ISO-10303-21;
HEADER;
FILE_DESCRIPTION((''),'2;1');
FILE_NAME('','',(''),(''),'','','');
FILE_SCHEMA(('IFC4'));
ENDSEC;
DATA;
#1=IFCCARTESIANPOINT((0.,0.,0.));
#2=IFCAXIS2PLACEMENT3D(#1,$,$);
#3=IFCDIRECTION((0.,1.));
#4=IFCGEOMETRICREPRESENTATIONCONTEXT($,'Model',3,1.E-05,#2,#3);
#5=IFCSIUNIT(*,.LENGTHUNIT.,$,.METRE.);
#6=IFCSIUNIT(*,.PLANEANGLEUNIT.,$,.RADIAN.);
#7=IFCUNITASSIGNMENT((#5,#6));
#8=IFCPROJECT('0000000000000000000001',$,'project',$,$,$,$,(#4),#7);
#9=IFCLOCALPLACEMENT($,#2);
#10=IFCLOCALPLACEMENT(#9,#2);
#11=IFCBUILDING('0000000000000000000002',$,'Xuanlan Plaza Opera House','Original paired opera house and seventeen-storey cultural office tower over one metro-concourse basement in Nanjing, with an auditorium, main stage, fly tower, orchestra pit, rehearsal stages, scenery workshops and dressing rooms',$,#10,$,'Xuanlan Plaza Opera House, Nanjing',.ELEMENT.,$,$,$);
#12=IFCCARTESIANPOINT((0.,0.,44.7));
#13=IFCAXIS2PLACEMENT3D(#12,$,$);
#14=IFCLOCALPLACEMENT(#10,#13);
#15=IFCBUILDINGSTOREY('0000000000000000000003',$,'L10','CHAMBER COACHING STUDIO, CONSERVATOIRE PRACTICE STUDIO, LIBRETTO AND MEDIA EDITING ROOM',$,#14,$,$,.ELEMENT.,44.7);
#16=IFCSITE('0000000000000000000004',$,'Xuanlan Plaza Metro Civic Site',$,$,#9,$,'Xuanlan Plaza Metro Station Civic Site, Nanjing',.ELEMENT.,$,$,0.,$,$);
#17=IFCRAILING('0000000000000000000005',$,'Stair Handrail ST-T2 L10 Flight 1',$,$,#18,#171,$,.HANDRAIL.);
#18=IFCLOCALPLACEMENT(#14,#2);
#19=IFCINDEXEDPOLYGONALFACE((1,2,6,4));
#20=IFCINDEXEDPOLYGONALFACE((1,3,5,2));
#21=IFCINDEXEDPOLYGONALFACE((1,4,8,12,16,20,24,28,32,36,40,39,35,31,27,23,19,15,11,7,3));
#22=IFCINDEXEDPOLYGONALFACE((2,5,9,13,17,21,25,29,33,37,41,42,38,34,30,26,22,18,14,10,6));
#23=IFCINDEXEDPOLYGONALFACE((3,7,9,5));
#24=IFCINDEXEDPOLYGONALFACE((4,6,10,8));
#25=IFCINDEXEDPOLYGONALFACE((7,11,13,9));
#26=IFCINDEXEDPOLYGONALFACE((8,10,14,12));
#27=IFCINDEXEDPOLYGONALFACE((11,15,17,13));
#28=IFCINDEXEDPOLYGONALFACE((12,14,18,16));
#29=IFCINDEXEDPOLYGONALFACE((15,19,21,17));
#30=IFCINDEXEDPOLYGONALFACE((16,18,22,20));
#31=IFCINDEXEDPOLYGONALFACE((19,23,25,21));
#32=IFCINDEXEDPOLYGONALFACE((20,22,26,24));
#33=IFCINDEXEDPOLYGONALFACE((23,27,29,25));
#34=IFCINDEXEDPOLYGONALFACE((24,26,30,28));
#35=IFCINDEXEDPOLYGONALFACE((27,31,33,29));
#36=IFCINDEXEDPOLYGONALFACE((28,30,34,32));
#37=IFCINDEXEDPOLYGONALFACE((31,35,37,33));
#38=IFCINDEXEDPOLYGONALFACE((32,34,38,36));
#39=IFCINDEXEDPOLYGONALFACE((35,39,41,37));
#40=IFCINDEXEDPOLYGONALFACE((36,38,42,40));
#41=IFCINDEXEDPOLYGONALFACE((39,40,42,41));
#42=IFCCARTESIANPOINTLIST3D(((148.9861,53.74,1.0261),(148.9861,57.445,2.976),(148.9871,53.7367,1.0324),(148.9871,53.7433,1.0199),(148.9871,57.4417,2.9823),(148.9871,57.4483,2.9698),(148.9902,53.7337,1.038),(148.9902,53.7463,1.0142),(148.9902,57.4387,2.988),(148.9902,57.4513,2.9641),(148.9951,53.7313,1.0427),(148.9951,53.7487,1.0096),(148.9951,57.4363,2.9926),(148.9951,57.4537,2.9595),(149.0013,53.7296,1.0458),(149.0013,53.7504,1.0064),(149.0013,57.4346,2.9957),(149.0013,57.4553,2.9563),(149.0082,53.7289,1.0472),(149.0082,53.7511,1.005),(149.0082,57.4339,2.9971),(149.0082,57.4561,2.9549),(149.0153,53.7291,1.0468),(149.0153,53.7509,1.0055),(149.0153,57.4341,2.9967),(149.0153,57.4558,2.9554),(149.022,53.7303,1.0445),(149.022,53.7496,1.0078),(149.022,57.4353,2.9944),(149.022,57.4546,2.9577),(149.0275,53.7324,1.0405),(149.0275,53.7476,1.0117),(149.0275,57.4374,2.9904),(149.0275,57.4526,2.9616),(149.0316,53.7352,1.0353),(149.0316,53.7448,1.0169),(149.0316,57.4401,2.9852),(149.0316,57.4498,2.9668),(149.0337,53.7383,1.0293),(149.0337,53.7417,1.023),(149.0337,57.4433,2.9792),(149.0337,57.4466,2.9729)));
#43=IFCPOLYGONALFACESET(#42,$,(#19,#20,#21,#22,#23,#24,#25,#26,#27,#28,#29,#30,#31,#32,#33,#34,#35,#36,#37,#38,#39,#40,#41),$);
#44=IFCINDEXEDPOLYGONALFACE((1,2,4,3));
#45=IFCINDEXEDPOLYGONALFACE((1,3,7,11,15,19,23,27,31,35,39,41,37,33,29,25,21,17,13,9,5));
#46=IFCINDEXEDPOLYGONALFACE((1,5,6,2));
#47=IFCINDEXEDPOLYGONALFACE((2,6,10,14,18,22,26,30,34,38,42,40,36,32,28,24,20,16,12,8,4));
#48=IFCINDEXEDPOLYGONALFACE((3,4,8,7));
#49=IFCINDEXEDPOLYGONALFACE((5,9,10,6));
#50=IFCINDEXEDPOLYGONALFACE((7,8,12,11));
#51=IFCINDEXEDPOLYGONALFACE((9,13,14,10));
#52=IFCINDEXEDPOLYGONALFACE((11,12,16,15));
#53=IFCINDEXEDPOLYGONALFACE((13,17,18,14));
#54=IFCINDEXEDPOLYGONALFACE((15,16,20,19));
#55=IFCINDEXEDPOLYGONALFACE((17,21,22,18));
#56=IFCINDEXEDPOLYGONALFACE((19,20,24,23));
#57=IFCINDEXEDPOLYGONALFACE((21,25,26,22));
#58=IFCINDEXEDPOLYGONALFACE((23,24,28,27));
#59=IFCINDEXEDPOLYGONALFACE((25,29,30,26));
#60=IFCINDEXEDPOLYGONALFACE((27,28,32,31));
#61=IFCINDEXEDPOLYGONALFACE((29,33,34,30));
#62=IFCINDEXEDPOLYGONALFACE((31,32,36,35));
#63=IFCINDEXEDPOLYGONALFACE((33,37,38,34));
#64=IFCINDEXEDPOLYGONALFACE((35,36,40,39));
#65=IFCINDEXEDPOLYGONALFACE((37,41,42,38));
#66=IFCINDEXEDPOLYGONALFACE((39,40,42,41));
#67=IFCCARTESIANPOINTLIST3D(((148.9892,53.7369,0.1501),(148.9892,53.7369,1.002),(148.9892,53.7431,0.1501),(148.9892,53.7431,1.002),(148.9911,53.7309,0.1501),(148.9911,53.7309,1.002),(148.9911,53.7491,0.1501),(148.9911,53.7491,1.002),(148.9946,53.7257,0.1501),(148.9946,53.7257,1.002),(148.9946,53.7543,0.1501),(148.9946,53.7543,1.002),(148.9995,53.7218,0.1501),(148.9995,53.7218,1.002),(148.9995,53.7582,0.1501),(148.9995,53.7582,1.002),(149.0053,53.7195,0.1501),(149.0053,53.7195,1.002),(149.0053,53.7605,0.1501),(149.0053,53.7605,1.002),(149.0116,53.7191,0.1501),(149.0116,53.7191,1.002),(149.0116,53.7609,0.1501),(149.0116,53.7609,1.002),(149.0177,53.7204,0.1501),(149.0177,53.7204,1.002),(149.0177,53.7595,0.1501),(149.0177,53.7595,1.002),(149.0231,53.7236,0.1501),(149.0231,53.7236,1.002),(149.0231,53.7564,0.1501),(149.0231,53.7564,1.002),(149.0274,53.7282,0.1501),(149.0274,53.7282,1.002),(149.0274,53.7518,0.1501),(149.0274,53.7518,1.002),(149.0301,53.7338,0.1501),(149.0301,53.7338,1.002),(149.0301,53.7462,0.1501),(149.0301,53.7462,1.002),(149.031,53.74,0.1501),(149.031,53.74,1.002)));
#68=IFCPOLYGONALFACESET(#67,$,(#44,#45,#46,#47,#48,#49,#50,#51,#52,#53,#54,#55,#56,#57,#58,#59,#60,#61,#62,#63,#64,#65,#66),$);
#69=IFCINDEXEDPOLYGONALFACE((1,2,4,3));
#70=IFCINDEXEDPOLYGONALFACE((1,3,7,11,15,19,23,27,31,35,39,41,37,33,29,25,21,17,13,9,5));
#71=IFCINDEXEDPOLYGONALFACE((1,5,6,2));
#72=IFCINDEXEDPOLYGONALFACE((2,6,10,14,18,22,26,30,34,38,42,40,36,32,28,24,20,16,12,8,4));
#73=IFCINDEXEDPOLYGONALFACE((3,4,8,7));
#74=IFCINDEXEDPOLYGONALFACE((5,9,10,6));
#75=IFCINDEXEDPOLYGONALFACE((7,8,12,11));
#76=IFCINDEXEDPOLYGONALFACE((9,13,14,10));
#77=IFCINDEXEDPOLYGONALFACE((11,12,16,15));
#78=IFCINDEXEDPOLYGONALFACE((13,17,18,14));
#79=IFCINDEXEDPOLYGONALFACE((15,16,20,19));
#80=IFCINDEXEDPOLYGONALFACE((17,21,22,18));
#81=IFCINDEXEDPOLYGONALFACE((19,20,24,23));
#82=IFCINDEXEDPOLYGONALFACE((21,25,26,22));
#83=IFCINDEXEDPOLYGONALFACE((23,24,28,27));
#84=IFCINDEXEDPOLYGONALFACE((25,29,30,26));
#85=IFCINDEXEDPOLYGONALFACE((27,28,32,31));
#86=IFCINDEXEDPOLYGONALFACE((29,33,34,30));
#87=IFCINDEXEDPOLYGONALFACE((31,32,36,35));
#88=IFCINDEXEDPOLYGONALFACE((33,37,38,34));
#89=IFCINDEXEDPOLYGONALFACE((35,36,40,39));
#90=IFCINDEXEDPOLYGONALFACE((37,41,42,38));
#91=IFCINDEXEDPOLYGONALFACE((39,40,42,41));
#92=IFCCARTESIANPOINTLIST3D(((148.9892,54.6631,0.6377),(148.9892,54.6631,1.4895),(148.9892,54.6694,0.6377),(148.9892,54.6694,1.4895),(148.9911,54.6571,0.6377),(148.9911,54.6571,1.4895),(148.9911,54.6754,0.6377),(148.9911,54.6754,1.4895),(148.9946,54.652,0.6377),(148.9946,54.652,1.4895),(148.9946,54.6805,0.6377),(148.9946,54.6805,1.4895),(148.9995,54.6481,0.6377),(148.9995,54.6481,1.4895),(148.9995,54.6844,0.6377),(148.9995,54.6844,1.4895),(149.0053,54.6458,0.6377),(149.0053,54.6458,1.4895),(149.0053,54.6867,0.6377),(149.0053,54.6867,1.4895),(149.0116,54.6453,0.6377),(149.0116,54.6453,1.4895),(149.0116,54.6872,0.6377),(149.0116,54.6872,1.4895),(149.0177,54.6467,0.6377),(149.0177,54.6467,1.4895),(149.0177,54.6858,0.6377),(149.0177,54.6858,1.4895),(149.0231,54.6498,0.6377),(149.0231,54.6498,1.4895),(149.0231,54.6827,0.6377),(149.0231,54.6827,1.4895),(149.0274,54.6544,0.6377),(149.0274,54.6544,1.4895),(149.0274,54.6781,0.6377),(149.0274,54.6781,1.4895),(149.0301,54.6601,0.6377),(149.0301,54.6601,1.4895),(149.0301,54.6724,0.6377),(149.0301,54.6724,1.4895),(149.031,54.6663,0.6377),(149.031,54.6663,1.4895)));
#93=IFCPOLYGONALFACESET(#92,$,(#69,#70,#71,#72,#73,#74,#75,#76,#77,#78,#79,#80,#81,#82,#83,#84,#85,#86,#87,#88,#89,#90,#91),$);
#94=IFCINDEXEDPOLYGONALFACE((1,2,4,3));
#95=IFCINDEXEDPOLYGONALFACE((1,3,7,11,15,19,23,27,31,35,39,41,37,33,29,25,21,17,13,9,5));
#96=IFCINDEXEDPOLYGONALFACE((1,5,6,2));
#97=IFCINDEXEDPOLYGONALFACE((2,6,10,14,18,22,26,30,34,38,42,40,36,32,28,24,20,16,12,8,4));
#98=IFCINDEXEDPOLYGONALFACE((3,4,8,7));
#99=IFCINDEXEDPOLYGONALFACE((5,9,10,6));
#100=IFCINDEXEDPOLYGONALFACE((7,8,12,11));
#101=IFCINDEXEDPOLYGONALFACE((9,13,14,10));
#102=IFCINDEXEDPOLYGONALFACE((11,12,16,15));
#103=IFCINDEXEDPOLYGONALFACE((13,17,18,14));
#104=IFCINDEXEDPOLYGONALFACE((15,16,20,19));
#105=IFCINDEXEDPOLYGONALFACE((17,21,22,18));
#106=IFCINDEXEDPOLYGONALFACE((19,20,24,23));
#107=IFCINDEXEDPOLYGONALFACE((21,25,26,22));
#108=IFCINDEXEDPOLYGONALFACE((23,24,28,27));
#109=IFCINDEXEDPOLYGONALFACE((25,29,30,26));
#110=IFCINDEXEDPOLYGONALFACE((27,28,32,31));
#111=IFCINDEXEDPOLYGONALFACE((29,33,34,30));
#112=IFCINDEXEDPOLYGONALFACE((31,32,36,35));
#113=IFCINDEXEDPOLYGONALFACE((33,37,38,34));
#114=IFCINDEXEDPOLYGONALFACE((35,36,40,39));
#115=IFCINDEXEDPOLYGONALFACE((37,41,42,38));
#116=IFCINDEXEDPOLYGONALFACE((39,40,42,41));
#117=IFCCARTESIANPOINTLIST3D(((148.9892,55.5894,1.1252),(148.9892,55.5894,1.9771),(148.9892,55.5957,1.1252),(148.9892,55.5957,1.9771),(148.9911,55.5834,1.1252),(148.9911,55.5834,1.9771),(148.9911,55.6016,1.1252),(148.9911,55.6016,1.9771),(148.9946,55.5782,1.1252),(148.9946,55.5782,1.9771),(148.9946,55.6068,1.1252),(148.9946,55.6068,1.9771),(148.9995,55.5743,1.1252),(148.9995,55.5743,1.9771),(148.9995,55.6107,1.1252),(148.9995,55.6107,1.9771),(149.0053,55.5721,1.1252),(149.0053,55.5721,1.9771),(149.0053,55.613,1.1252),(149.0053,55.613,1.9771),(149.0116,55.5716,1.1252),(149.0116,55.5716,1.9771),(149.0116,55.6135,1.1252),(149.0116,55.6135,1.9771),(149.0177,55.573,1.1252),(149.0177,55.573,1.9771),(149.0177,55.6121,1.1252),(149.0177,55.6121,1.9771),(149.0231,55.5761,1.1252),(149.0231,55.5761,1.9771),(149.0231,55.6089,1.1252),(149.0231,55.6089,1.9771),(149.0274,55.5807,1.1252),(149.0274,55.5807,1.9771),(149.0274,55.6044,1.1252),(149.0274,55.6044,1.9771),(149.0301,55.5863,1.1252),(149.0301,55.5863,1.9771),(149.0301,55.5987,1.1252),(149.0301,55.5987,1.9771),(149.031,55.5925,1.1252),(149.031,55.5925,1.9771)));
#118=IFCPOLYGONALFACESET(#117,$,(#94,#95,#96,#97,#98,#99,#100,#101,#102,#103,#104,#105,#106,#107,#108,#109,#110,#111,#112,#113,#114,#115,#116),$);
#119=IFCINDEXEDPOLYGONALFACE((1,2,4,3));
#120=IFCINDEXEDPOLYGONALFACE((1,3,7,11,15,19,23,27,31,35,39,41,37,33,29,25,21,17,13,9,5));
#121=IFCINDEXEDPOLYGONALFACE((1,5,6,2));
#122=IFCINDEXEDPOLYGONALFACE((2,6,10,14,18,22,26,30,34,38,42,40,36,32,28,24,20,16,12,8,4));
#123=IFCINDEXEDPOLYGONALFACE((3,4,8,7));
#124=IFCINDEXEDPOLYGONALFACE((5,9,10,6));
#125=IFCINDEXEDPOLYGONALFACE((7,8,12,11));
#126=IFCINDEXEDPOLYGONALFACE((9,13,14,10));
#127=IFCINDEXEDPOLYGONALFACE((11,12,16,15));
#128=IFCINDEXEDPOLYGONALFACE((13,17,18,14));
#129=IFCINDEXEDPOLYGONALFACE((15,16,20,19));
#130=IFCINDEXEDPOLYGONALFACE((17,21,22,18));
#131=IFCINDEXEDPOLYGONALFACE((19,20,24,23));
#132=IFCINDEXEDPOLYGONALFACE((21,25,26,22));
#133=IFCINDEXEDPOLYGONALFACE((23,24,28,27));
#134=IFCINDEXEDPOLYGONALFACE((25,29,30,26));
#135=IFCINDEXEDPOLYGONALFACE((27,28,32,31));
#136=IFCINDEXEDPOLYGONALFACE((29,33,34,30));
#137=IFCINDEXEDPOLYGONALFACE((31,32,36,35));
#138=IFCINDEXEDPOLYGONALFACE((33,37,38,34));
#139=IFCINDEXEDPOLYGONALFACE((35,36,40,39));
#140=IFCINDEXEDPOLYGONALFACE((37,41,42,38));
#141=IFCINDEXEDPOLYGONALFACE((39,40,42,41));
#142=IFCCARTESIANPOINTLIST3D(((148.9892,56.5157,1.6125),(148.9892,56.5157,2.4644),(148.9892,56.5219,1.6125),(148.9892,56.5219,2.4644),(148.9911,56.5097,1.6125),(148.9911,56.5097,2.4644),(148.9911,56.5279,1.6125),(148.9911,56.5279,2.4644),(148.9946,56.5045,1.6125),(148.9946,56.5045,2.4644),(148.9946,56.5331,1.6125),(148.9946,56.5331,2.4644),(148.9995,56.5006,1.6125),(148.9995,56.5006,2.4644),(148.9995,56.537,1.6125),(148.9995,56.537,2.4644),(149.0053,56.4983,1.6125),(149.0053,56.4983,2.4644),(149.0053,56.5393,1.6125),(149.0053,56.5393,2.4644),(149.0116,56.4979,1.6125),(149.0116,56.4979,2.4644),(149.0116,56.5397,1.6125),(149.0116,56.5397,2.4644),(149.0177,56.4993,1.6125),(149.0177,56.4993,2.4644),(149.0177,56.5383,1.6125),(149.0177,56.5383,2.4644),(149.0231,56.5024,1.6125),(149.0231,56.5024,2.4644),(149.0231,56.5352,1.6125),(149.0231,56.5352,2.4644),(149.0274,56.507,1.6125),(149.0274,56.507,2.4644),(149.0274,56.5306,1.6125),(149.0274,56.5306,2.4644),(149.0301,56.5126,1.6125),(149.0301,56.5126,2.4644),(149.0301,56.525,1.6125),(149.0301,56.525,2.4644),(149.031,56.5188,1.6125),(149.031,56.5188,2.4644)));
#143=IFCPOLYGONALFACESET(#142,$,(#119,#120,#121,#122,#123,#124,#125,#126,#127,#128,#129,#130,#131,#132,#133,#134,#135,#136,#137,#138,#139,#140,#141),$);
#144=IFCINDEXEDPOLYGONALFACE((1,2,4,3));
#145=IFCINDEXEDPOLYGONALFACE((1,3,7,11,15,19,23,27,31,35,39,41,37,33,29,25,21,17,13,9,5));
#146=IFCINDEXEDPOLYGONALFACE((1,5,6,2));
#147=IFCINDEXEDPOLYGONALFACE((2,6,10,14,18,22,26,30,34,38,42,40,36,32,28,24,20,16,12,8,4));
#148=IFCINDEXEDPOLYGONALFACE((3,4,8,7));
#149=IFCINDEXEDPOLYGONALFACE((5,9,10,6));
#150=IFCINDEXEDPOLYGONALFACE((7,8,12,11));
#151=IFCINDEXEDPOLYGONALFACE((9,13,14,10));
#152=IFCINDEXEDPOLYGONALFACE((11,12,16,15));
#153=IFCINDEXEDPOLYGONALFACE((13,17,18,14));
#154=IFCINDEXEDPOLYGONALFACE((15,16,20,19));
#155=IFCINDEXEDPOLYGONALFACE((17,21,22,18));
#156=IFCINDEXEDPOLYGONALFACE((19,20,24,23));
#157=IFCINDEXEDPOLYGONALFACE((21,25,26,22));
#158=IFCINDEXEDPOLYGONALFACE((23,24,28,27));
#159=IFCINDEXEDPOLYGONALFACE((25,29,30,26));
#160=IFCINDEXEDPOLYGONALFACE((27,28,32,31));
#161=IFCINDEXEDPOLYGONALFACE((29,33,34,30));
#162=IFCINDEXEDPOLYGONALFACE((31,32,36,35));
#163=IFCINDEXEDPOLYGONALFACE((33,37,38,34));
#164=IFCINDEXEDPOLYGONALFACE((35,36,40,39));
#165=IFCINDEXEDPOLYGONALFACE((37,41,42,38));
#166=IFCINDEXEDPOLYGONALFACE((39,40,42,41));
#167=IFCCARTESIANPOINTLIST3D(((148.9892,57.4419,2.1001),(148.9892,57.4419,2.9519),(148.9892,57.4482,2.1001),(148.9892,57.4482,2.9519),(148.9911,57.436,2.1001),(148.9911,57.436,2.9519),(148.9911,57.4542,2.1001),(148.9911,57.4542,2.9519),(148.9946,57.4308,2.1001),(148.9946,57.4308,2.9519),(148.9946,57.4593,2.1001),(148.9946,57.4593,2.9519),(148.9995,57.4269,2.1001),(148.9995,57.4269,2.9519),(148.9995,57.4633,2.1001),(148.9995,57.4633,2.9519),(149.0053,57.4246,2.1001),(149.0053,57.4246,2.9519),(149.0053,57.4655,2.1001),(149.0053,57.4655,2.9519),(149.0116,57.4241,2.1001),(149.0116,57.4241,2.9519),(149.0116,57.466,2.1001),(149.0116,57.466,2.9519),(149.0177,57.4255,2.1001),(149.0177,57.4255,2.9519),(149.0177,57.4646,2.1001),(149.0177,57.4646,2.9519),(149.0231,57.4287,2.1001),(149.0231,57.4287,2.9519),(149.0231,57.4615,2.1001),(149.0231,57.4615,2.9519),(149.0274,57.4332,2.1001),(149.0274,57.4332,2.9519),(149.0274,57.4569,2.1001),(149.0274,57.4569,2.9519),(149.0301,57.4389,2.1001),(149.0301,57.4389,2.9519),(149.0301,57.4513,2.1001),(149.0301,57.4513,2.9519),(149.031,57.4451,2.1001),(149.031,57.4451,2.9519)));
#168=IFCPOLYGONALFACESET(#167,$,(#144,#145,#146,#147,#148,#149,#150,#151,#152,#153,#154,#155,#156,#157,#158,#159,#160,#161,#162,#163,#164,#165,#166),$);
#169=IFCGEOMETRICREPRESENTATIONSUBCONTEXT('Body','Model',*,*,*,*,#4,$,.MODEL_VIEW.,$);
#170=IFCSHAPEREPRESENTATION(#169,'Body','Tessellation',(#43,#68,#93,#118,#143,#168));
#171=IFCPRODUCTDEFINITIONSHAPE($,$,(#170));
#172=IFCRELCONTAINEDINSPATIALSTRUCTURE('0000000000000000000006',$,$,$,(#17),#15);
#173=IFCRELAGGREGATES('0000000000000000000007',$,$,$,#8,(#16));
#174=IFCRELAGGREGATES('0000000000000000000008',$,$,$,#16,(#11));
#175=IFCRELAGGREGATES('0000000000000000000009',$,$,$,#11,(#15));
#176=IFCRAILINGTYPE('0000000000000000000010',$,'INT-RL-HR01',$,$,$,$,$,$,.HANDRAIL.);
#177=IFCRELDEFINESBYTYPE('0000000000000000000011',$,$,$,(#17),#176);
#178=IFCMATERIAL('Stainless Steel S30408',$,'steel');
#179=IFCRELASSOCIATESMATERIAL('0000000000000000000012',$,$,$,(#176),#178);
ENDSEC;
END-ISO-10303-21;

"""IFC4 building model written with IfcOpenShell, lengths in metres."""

from ifc_helpers import new_model, si_unit, direction, frame, origin, origin_2d, place, context, subcontext, project, spatial, circle, extrude, material, type_object, element, save


model = new_model("IFC4")

# Units and contexts
model_context = context("Model", 3, precision=1e-05, world=origin(), true_north=direction((0.0, 1.0)))
body_context = subcontext(model_context, "Body", "Model", "MODEL_VIEW")
ifc_project = project(units=[si_unit("LENGTHUNIT", "METRE"), si_unit("PLANEANGLEUNIT", "RADIAN")], contexts=[model_context])

# Site, building, storey
site_placement = place(None, origin())
site = spatial("IfcSite", under=ifc_project, at=site_placement, Name="Xuanlan Plaza Metro Civic Site", LongName="Xuanlan Plaza Metro Station Civic Site, Nanjing", CompositionType="ELEMENT", RefElevation=0.0)
building_placement = place(site_placement, origin())
building = spatial("IfcBuilding", under=site, at=building_placement, Name="Xuanlan Plaza Opera House", Description="Original paired opera house and seventeen-storey cultural office tower over one metro-concourse basement in Nanjing, with an auditorium, main stage, fly tower, orchestra pit, rehearsal stages, scenery workshops and dressing rooms", LongName="Xuanlan Plaza Opera House, Nanjing", CompositionType="ELEMENT")
storey_placement = place(building_placement, frame((0.0, 0.0, 44.7)))
storey = spatial("IfcBuildingStorey", under=building, at=storey_placement, Name="L10", Description="CHAMBER COACHING STUDIO, CONSERVATOIRE PRACTICE STUDIO, LIBRETTO AND MEDIA EDITING ROOM", CompositionType="ELEMENT", Elevation=44.7)

# Shared definitions
ifc_material_1 = material(Name="Stainless Steel S30408", Category="steel")

# Railing
railing_type = type_object("IfcRailingType", Name="INT-RL-HR01", PredefinedType="HANDRAIL", material=ifc_material_1)
for number, where, name in (
    (1, (149.01, 53.74, 0.1501), "Stair Handrail ST-T2 L10 Flight 1"),
):
    element("IfcRailing", number, at=place(storey_placement, frame(where)), inside=storey, type_object=railing_type, Name=name, PredefinedType="HANDRAIL", context=body_context, shape_type="SweptSolid", body=[
        extrude(circle(Radius=0.0239, at=origin_2d()), frame((0.0, 0.0, 0.876), z_axis=(0.0, 0.884927, 0.46573), x_axis=(-1.0, 0.0, 0.0)), (0.0, 0.0, 1.0), 4.1868),
        extrude(circle(Radius=0.021, at=origin_2d()), origin(), (0.0, 0.0, 1.0), 0.8518),
        extrude(circle(Radius=0.021, at=origin_2d()), frame((0.0, 0.9263, 0.4875)), (0.0, 0.0, 1.0), 0.8518),
        extrude(circle(Radius=0.021, at=origin_2d()), frame((0.0, 1.8525, 0.9751)), (0.0, 0.0, 1.0), 0.8518),
        extrude(circle(Radius=0.021, at=origin_2d()), frame((0.0, 2.7788, 1.4624)), (0.0, 0.0, 1.0), 0.8518),
        extrude(circle(Radius=0.021, at=origin_2d()), frame((0.0, 3.7051, 1.95)), (0.0, 0.0, 1.0), 0.8518),
    ])

save(model, "model.ifc")
